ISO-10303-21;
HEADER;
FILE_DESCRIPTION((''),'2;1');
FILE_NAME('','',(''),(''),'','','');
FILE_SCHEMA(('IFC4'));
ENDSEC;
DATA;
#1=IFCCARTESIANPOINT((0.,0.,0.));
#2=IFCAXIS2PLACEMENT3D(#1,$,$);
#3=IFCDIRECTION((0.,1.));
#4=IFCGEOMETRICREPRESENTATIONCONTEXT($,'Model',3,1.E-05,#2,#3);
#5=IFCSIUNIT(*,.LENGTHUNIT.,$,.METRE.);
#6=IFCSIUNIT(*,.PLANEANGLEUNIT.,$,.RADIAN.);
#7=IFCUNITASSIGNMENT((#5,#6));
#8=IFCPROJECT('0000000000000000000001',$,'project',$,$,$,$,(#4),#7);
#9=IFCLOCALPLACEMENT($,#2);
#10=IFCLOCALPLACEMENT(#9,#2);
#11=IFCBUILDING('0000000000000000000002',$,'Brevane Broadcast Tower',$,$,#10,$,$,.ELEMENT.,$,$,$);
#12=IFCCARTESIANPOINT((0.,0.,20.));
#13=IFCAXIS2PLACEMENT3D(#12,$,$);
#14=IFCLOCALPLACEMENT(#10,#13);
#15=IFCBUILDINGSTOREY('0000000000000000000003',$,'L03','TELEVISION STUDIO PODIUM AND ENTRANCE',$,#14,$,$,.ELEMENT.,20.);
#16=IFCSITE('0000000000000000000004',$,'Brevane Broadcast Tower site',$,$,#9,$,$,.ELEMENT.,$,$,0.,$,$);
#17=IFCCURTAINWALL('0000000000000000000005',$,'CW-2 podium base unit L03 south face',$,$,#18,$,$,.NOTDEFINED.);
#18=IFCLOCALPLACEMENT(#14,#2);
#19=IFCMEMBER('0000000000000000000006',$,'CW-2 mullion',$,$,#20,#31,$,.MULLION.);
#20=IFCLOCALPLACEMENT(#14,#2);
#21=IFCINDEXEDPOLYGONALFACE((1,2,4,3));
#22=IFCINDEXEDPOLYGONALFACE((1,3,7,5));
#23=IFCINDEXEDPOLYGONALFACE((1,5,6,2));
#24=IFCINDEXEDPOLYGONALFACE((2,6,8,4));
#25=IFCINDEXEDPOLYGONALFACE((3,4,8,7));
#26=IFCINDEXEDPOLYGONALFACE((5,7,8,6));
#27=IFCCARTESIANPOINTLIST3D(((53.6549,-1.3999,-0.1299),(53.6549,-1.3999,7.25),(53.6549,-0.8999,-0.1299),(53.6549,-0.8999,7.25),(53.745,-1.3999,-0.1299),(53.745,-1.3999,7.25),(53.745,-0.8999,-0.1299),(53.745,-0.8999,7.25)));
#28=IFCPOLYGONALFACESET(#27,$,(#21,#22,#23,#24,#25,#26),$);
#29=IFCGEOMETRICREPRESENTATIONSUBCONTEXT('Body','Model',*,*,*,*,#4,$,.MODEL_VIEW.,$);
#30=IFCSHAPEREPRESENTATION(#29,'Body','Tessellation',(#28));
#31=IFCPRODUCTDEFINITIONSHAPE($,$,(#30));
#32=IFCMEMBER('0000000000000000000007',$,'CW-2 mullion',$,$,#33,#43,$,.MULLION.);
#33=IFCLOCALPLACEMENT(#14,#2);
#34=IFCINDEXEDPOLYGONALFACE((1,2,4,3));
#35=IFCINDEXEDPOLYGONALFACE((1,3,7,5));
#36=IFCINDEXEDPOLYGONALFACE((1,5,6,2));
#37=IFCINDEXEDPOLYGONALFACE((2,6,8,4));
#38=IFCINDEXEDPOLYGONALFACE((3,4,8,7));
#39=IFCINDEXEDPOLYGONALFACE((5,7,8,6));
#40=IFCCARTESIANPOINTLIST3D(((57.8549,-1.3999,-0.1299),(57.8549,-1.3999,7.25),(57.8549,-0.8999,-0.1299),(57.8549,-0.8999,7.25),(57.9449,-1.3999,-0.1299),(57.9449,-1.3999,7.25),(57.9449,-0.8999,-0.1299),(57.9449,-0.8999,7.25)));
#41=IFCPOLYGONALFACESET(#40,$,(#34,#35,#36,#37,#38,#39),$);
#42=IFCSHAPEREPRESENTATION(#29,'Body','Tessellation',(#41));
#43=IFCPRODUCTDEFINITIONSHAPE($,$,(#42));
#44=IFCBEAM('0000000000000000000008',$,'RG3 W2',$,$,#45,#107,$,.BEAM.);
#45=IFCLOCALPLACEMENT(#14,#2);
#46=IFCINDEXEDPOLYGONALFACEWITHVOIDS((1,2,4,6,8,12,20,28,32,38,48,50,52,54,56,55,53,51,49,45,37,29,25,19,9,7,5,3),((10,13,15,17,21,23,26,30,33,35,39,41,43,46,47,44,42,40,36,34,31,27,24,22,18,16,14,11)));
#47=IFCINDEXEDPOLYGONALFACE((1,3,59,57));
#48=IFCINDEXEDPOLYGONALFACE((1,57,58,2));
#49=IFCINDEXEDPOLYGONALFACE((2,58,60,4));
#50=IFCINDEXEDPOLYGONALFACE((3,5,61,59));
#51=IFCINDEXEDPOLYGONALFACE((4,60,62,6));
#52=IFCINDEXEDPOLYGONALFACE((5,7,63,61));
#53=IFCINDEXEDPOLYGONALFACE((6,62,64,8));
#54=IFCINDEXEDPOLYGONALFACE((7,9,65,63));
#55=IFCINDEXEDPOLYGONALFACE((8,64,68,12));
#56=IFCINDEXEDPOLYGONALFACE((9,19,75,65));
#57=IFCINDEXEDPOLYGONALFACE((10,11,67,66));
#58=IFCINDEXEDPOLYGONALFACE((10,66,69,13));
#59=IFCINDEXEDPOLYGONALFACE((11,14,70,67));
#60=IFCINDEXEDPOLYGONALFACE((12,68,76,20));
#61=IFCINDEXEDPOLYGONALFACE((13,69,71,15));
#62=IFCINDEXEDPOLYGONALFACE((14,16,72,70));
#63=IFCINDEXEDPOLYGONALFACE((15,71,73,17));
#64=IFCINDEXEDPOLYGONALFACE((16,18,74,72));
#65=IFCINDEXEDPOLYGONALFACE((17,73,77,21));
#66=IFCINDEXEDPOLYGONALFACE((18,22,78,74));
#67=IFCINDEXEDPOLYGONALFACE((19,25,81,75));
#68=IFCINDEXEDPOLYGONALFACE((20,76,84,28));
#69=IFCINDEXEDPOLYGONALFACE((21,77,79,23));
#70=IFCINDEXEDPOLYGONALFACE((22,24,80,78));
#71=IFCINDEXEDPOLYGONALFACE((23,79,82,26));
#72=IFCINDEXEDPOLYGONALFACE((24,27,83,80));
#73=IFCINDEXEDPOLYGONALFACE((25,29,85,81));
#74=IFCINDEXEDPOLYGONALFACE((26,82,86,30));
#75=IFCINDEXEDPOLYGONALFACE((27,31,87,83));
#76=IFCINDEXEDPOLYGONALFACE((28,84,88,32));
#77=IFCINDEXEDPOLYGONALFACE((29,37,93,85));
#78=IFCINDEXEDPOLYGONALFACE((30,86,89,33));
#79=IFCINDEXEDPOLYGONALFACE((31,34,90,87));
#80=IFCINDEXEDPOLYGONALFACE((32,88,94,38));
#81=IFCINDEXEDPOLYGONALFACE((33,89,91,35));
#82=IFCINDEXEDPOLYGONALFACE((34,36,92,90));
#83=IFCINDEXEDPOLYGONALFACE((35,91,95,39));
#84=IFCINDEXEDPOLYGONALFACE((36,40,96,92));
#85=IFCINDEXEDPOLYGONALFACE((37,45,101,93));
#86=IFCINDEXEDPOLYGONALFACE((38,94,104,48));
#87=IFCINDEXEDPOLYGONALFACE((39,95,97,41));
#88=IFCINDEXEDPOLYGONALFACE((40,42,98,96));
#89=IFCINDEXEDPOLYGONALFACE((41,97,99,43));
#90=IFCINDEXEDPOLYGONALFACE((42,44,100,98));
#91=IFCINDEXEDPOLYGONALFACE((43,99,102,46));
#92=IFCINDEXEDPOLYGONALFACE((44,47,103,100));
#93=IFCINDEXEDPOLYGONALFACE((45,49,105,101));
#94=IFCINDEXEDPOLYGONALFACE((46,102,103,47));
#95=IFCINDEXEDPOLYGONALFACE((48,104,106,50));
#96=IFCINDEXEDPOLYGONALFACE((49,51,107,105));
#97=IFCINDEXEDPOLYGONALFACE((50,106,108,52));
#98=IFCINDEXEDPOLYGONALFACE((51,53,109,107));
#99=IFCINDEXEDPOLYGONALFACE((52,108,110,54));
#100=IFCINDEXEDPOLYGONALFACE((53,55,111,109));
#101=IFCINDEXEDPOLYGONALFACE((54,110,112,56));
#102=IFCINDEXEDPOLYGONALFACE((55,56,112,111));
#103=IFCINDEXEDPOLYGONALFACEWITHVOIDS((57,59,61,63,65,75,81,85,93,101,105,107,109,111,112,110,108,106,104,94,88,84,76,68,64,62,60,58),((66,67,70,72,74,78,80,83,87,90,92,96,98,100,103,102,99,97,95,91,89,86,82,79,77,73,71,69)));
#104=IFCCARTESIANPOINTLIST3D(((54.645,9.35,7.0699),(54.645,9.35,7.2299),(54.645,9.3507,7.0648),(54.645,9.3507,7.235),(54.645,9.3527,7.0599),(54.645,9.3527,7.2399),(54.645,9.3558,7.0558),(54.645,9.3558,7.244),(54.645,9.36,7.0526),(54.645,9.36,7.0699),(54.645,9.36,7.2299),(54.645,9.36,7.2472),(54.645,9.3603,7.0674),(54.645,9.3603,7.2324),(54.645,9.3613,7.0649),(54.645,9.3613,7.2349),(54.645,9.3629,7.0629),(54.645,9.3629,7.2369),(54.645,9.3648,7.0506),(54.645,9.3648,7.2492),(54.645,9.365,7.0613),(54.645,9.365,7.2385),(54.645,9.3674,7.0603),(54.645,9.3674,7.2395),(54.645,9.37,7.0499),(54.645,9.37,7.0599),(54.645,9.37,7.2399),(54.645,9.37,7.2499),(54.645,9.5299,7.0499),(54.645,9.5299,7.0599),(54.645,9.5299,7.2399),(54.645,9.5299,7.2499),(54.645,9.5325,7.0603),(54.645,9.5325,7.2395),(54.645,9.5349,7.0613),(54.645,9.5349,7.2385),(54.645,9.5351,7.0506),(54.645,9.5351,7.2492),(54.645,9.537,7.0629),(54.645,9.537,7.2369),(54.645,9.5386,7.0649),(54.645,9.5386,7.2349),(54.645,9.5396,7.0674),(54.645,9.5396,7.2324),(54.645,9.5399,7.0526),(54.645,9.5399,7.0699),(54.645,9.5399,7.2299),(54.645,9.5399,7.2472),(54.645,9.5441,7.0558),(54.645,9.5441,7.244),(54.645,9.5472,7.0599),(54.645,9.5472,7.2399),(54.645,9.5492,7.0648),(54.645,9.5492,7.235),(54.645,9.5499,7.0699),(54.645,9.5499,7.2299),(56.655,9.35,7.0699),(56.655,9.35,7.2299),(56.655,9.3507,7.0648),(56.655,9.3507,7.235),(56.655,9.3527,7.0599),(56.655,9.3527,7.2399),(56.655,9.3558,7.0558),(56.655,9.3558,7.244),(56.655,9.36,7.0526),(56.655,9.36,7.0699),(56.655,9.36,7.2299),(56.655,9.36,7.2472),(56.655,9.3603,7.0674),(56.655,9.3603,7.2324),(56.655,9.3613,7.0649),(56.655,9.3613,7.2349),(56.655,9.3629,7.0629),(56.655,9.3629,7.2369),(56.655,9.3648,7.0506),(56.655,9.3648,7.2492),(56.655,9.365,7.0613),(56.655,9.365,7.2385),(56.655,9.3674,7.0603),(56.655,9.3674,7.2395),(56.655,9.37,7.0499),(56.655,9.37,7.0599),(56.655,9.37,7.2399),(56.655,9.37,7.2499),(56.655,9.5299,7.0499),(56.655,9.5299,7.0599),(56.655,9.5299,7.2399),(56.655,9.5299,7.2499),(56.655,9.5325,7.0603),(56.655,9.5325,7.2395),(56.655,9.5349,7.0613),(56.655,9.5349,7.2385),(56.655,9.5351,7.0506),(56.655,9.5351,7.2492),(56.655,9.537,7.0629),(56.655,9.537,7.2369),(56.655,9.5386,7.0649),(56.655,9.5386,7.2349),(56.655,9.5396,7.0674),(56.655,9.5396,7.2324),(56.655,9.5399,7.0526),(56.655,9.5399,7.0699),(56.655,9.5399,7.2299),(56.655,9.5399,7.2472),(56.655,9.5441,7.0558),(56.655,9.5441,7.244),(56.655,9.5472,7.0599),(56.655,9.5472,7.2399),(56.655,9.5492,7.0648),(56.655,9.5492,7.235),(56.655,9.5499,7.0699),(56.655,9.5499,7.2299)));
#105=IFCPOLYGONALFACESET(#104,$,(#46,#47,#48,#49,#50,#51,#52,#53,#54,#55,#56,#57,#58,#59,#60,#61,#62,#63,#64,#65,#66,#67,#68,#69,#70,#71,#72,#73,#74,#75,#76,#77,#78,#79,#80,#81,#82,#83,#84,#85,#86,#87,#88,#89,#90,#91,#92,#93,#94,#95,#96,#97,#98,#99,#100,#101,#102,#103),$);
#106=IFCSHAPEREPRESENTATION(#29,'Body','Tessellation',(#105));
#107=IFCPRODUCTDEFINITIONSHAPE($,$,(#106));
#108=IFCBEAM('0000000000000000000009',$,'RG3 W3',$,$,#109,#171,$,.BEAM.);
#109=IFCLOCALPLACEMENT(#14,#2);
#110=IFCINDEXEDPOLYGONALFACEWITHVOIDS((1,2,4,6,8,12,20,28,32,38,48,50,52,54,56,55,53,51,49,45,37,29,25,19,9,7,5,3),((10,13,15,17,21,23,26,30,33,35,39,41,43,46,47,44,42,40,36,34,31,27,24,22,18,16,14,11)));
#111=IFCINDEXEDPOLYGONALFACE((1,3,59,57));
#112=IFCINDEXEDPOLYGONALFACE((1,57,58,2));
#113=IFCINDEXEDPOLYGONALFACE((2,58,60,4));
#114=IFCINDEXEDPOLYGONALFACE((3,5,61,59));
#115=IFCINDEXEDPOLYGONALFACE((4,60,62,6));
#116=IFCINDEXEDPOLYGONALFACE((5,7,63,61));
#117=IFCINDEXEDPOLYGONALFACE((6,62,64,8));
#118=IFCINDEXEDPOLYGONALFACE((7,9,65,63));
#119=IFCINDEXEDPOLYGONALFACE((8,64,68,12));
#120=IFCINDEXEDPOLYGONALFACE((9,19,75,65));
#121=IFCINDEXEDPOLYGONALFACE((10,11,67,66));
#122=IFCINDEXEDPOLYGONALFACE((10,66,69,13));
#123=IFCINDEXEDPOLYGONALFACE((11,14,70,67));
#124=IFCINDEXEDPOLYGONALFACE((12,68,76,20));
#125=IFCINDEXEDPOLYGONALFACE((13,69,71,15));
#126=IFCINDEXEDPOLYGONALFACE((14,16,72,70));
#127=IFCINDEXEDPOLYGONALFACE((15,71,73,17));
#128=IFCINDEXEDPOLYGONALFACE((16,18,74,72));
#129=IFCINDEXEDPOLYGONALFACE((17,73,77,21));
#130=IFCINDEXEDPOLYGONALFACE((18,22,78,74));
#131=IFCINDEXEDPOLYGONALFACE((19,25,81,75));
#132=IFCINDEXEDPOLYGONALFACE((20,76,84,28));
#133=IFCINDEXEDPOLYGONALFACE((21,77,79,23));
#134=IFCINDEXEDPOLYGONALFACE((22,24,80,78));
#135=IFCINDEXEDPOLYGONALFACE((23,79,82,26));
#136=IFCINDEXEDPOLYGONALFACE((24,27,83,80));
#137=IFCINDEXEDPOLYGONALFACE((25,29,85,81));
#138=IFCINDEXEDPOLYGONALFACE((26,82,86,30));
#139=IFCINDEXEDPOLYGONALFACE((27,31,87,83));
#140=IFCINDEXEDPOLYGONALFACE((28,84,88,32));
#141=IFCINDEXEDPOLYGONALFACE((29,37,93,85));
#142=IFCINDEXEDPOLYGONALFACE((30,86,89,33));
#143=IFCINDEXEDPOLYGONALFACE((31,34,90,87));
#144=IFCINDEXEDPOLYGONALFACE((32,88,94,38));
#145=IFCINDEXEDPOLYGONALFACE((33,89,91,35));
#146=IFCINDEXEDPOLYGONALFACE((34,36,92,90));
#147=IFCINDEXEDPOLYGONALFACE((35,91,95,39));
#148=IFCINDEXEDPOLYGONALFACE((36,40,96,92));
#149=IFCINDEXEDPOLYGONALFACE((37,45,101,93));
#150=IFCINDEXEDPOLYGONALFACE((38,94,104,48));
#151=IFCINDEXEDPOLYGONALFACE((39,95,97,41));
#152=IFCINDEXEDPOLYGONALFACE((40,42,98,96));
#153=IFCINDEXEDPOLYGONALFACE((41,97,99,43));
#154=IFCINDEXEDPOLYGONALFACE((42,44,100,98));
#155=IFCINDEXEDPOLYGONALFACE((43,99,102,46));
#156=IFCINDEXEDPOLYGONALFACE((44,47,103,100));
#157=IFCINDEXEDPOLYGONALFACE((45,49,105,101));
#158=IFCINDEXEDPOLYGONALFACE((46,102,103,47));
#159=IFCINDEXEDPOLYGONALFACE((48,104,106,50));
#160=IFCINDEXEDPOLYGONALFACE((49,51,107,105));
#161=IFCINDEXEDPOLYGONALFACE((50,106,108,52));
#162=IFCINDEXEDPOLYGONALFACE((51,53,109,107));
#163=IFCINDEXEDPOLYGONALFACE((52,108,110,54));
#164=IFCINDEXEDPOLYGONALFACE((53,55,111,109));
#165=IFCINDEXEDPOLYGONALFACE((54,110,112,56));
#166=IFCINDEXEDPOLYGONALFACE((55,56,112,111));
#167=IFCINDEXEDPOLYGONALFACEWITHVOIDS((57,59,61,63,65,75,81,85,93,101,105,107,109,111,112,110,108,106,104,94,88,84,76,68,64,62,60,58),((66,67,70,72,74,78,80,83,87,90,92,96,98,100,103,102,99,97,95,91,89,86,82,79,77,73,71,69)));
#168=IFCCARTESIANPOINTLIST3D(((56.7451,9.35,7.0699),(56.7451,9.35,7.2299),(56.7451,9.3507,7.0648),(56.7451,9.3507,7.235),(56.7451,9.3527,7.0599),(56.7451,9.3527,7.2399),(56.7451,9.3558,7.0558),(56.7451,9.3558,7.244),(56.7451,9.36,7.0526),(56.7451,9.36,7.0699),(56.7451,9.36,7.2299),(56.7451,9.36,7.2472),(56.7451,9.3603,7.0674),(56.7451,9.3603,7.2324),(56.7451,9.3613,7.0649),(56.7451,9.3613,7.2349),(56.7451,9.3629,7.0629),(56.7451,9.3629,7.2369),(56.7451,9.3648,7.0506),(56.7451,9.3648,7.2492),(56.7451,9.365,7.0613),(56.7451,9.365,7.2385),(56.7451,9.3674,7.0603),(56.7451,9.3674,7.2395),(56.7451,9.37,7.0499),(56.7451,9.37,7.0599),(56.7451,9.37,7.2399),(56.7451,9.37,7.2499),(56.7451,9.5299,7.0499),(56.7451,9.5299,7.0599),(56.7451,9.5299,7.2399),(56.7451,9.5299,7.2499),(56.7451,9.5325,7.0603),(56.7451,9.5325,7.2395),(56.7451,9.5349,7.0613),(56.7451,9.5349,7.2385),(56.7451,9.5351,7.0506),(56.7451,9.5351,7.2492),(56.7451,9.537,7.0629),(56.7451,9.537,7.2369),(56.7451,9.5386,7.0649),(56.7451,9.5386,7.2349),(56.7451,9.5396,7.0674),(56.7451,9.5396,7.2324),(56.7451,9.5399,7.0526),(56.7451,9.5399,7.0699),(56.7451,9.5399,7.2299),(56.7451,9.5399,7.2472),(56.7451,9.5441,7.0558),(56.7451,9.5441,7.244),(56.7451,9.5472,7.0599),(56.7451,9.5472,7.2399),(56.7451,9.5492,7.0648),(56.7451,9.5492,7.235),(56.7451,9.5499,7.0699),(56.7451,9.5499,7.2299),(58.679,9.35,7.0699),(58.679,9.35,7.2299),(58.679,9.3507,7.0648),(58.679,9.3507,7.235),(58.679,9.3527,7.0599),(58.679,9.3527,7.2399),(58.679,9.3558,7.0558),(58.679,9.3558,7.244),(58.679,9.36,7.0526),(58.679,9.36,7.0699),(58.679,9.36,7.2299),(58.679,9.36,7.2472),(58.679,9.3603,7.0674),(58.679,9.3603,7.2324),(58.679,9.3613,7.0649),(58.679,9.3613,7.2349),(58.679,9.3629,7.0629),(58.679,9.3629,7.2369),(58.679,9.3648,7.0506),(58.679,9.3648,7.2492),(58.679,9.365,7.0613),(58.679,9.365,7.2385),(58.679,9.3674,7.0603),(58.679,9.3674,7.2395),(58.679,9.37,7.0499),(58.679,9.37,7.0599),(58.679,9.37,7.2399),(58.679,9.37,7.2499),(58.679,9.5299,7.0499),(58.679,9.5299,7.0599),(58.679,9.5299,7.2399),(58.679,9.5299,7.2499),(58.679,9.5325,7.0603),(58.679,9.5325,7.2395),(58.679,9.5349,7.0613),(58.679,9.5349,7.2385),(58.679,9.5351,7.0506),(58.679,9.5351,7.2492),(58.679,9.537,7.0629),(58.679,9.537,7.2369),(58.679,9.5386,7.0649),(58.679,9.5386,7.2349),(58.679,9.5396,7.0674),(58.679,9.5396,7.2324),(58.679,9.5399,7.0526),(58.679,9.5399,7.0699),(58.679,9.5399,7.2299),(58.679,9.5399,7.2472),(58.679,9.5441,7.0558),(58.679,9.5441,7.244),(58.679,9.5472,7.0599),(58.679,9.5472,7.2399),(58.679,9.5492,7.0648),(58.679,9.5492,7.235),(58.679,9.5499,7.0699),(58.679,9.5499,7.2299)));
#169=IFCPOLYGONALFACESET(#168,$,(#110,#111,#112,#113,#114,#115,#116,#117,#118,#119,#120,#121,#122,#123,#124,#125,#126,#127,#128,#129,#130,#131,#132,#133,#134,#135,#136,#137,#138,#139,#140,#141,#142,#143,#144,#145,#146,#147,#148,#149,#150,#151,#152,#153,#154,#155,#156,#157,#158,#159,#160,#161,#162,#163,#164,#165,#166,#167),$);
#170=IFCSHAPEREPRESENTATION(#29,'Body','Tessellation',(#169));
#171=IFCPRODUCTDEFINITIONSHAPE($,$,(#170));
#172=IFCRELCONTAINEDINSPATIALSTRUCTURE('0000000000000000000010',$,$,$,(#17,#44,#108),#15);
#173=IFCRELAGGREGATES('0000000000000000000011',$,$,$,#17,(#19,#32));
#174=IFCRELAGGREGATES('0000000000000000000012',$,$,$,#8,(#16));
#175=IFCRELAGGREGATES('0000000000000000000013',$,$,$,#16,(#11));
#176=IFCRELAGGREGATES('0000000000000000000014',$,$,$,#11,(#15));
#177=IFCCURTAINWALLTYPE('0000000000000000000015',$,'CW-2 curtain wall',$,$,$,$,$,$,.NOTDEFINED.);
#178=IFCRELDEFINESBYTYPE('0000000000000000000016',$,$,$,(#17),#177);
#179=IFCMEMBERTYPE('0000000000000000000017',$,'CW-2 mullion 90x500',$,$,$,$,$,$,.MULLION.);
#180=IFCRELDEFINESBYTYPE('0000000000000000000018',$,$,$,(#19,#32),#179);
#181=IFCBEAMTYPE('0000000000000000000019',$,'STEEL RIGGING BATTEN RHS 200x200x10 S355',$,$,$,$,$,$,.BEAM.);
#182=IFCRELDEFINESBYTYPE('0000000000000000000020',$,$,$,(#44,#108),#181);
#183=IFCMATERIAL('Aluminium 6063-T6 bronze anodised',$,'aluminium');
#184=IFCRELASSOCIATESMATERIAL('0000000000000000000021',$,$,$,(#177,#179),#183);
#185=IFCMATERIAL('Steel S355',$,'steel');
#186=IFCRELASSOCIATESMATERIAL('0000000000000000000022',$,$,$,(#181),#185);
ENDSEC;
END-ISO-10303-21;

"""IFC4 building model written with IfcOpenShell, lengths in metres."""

from ifc_helpers import new_model, si_unit, direction, frame, origin, origin_2d, place, context, subcontext, project, spatial, rectangle, hollow_rectangle, extrude, material, material_profile, profile_set, type_object, element, aggregate, save


model = new_model("IFC4")

# Units and contexts
model_context = context("Model", 3, precision=1e-05, world=origin(), true_north=direction((0.0, 1.0)))
body_context = subcontext(model_context, "Body", "Model", "MODEL_VIEW")
ifc_project = project(units=[si_unit("LENGTHUNIT", "METRE"), si_unit("PLANEANGLEUNIT", "RADIAN")], contexts=[model_context])

# Site, building, storey
site_placement = place(None, origin())
site = spatial("IfcSite", under=ifc_project, at=site_placement, Name="Brevane Broadcast Tower site", CompositionType="ELEMENT", RefElevation=0.0)
building_placement = place(site_placement, origin())
building = spatial("IfcBuilding", under=site, at=building_placement, Name="Brevane Broadcast Tower", CompositionType="ELEMENT")
storey_placement = place(building_placement, frame((0.0, 0.0, 20.0)))
storey = spatial("IfcBuildingStorey", under=building, at=storey_placement, Name="L03", Description="TELEVISION STUDIO PODIUM AND ENTRANCE", CompositionType="ELEMENT", Elevation=20.0)

# Curtain wall, members
ifc_material_1 = material(Name="Aluminium 6063-T6 bronze anodised", Category="aluminium")
curtain_wall_type = type_object("IfcCurtainWallType", Name="CW-2 curtain wall", PredefinedType="NOTDEFINED", material=ifc_material_1)
curtain_wall_placement = place(storey_placement, origin())
curtain_wall = element("IfcCurtainWall", 1, at=curtain_wall_placement, inside=storey, type_object=curtain_wall_type, Name="CW-2 podium base unit L03 south face", PredefinedType="NOTDEFINED")
ifc_material_profile_1 = material_profile(ifc_material_1, rectangle(XDim=0.5, YDim=0.0901, at=origin_2d()), Name="RECT 90x500")
ifc_profile_set_1 = profile_set([ifc_material_profile_1], Name="Aluminium 6063-T6 bronze anodised")
member_type = type_object("IfcMemberType", Name="CW-2 mullion 90x500", PredefinedType="MULLION", material=ifc_profile_set_1)
member_1_placement = place(storey_placement, frame((53.7, -1.1499, -0.1299), z_axis=(0.0, 0.0, 1.0), x_axis=(0.0, 1.0, 0.0)))
member_1 = element("IfcMember", 2, at=member_1_placement, type_object=member_type, Name="CW-2 mullion", PredefinedType="MULLION", context=body_context, shape_type="SweptSolid", body=[
    extrude(rectangle(XDim=0.5, YDim=0.0901, at=origin_2d()), origin(), (0.0, 0.0, 1.0), 7.3799),
])
member_2_placement = place(storey_placement, frame((57.8999, -1.1499, -0.1299), z_axis=(0.0, 0.0, 1.0), x_axis=(0.0, 1.0, 0.0)))
member_2 = element("IfcMember", 3, at=member_2_placement, type_object=member_type, Name="CW-2 mullion", PredefinedType="MULLION", context=body_context, shape_type="SweptSolid", body=[
    extrude(rectangle(XDim=0.5, YDim=0.0901, at=origin_2d()), origin(), (0.0, 0.0, 1.0), 7.3799),
])
aggregate(curtain_wall, [member_1, member_2])

# Beams
ifc_material_2 = material(Name="Steel S355", Category="steel")
ifc_material_profile_2 = material_profile(ifc_material_2, hollow_rectangle(XDim=0.2, YDim=0.2, WallThickness=0.01, InnerFilletRadius=0.01, OuterFilletRadius=0.02, at=origin_2d()), Name="RHS 200x200x10")
ifc_profile_set_2 = profile_set([ifc_material_profile_2], Name="Steel S355")
beam_type_1 = type_object("IfcBeamType", Name="STEEL RIGGING BATTEN RHS 200x200x10 S355", PredefinedType="BEAM", material=ifc_profile_set_2)
beam_1_placement = place(storey_placement, frame((54.645, 9.45, 7.1499), z_axis=(1.0, 0.0, 0.0), x_axis=(0.0, 1.0, 0.0)))
element("IfcBeam", 4, at=beam_1_placement, inside=storey, type_object=beam_type_1, Name="RG3 W2", PredefinedType="BEAM", context=body_context, shape_type="SweptSolid", body=[
    extrude(hollow_rectangle(XDim=0.2, YDim=0.2, WallThickness=0.01, InnerFilletRadius=0.01, OuterFilletRadius=0.02, at=origin_2d()), origin(), (0.0, 0.0, 1.0), 2.01),
])
beam_2_placement = place(storey_placement, frame((56.7451, 9.45, 7.1499), z_axis=(1.0, 0.0, 0.0), x_axis=(0.0, 1.0, 0.0)))
element("IfcBeam", 5, at=beam_2_placement, inside=storey, type_object=beam_type_1, Name="RG3 W3", PredefinedType="BEAM", context=body_context, shape_type="SweptSolid", body=[
    extrude(hollow_rectangle(XDim=0.2, YDim=0.2, WallThickness=0.01, InnerFilletRadius=0.01, OuterFilletRadius=0.02, at=origin_2d()), origin(), (0.0, 0.0, 1.0), 1.9338),
])

save(model, "model.ifc")
